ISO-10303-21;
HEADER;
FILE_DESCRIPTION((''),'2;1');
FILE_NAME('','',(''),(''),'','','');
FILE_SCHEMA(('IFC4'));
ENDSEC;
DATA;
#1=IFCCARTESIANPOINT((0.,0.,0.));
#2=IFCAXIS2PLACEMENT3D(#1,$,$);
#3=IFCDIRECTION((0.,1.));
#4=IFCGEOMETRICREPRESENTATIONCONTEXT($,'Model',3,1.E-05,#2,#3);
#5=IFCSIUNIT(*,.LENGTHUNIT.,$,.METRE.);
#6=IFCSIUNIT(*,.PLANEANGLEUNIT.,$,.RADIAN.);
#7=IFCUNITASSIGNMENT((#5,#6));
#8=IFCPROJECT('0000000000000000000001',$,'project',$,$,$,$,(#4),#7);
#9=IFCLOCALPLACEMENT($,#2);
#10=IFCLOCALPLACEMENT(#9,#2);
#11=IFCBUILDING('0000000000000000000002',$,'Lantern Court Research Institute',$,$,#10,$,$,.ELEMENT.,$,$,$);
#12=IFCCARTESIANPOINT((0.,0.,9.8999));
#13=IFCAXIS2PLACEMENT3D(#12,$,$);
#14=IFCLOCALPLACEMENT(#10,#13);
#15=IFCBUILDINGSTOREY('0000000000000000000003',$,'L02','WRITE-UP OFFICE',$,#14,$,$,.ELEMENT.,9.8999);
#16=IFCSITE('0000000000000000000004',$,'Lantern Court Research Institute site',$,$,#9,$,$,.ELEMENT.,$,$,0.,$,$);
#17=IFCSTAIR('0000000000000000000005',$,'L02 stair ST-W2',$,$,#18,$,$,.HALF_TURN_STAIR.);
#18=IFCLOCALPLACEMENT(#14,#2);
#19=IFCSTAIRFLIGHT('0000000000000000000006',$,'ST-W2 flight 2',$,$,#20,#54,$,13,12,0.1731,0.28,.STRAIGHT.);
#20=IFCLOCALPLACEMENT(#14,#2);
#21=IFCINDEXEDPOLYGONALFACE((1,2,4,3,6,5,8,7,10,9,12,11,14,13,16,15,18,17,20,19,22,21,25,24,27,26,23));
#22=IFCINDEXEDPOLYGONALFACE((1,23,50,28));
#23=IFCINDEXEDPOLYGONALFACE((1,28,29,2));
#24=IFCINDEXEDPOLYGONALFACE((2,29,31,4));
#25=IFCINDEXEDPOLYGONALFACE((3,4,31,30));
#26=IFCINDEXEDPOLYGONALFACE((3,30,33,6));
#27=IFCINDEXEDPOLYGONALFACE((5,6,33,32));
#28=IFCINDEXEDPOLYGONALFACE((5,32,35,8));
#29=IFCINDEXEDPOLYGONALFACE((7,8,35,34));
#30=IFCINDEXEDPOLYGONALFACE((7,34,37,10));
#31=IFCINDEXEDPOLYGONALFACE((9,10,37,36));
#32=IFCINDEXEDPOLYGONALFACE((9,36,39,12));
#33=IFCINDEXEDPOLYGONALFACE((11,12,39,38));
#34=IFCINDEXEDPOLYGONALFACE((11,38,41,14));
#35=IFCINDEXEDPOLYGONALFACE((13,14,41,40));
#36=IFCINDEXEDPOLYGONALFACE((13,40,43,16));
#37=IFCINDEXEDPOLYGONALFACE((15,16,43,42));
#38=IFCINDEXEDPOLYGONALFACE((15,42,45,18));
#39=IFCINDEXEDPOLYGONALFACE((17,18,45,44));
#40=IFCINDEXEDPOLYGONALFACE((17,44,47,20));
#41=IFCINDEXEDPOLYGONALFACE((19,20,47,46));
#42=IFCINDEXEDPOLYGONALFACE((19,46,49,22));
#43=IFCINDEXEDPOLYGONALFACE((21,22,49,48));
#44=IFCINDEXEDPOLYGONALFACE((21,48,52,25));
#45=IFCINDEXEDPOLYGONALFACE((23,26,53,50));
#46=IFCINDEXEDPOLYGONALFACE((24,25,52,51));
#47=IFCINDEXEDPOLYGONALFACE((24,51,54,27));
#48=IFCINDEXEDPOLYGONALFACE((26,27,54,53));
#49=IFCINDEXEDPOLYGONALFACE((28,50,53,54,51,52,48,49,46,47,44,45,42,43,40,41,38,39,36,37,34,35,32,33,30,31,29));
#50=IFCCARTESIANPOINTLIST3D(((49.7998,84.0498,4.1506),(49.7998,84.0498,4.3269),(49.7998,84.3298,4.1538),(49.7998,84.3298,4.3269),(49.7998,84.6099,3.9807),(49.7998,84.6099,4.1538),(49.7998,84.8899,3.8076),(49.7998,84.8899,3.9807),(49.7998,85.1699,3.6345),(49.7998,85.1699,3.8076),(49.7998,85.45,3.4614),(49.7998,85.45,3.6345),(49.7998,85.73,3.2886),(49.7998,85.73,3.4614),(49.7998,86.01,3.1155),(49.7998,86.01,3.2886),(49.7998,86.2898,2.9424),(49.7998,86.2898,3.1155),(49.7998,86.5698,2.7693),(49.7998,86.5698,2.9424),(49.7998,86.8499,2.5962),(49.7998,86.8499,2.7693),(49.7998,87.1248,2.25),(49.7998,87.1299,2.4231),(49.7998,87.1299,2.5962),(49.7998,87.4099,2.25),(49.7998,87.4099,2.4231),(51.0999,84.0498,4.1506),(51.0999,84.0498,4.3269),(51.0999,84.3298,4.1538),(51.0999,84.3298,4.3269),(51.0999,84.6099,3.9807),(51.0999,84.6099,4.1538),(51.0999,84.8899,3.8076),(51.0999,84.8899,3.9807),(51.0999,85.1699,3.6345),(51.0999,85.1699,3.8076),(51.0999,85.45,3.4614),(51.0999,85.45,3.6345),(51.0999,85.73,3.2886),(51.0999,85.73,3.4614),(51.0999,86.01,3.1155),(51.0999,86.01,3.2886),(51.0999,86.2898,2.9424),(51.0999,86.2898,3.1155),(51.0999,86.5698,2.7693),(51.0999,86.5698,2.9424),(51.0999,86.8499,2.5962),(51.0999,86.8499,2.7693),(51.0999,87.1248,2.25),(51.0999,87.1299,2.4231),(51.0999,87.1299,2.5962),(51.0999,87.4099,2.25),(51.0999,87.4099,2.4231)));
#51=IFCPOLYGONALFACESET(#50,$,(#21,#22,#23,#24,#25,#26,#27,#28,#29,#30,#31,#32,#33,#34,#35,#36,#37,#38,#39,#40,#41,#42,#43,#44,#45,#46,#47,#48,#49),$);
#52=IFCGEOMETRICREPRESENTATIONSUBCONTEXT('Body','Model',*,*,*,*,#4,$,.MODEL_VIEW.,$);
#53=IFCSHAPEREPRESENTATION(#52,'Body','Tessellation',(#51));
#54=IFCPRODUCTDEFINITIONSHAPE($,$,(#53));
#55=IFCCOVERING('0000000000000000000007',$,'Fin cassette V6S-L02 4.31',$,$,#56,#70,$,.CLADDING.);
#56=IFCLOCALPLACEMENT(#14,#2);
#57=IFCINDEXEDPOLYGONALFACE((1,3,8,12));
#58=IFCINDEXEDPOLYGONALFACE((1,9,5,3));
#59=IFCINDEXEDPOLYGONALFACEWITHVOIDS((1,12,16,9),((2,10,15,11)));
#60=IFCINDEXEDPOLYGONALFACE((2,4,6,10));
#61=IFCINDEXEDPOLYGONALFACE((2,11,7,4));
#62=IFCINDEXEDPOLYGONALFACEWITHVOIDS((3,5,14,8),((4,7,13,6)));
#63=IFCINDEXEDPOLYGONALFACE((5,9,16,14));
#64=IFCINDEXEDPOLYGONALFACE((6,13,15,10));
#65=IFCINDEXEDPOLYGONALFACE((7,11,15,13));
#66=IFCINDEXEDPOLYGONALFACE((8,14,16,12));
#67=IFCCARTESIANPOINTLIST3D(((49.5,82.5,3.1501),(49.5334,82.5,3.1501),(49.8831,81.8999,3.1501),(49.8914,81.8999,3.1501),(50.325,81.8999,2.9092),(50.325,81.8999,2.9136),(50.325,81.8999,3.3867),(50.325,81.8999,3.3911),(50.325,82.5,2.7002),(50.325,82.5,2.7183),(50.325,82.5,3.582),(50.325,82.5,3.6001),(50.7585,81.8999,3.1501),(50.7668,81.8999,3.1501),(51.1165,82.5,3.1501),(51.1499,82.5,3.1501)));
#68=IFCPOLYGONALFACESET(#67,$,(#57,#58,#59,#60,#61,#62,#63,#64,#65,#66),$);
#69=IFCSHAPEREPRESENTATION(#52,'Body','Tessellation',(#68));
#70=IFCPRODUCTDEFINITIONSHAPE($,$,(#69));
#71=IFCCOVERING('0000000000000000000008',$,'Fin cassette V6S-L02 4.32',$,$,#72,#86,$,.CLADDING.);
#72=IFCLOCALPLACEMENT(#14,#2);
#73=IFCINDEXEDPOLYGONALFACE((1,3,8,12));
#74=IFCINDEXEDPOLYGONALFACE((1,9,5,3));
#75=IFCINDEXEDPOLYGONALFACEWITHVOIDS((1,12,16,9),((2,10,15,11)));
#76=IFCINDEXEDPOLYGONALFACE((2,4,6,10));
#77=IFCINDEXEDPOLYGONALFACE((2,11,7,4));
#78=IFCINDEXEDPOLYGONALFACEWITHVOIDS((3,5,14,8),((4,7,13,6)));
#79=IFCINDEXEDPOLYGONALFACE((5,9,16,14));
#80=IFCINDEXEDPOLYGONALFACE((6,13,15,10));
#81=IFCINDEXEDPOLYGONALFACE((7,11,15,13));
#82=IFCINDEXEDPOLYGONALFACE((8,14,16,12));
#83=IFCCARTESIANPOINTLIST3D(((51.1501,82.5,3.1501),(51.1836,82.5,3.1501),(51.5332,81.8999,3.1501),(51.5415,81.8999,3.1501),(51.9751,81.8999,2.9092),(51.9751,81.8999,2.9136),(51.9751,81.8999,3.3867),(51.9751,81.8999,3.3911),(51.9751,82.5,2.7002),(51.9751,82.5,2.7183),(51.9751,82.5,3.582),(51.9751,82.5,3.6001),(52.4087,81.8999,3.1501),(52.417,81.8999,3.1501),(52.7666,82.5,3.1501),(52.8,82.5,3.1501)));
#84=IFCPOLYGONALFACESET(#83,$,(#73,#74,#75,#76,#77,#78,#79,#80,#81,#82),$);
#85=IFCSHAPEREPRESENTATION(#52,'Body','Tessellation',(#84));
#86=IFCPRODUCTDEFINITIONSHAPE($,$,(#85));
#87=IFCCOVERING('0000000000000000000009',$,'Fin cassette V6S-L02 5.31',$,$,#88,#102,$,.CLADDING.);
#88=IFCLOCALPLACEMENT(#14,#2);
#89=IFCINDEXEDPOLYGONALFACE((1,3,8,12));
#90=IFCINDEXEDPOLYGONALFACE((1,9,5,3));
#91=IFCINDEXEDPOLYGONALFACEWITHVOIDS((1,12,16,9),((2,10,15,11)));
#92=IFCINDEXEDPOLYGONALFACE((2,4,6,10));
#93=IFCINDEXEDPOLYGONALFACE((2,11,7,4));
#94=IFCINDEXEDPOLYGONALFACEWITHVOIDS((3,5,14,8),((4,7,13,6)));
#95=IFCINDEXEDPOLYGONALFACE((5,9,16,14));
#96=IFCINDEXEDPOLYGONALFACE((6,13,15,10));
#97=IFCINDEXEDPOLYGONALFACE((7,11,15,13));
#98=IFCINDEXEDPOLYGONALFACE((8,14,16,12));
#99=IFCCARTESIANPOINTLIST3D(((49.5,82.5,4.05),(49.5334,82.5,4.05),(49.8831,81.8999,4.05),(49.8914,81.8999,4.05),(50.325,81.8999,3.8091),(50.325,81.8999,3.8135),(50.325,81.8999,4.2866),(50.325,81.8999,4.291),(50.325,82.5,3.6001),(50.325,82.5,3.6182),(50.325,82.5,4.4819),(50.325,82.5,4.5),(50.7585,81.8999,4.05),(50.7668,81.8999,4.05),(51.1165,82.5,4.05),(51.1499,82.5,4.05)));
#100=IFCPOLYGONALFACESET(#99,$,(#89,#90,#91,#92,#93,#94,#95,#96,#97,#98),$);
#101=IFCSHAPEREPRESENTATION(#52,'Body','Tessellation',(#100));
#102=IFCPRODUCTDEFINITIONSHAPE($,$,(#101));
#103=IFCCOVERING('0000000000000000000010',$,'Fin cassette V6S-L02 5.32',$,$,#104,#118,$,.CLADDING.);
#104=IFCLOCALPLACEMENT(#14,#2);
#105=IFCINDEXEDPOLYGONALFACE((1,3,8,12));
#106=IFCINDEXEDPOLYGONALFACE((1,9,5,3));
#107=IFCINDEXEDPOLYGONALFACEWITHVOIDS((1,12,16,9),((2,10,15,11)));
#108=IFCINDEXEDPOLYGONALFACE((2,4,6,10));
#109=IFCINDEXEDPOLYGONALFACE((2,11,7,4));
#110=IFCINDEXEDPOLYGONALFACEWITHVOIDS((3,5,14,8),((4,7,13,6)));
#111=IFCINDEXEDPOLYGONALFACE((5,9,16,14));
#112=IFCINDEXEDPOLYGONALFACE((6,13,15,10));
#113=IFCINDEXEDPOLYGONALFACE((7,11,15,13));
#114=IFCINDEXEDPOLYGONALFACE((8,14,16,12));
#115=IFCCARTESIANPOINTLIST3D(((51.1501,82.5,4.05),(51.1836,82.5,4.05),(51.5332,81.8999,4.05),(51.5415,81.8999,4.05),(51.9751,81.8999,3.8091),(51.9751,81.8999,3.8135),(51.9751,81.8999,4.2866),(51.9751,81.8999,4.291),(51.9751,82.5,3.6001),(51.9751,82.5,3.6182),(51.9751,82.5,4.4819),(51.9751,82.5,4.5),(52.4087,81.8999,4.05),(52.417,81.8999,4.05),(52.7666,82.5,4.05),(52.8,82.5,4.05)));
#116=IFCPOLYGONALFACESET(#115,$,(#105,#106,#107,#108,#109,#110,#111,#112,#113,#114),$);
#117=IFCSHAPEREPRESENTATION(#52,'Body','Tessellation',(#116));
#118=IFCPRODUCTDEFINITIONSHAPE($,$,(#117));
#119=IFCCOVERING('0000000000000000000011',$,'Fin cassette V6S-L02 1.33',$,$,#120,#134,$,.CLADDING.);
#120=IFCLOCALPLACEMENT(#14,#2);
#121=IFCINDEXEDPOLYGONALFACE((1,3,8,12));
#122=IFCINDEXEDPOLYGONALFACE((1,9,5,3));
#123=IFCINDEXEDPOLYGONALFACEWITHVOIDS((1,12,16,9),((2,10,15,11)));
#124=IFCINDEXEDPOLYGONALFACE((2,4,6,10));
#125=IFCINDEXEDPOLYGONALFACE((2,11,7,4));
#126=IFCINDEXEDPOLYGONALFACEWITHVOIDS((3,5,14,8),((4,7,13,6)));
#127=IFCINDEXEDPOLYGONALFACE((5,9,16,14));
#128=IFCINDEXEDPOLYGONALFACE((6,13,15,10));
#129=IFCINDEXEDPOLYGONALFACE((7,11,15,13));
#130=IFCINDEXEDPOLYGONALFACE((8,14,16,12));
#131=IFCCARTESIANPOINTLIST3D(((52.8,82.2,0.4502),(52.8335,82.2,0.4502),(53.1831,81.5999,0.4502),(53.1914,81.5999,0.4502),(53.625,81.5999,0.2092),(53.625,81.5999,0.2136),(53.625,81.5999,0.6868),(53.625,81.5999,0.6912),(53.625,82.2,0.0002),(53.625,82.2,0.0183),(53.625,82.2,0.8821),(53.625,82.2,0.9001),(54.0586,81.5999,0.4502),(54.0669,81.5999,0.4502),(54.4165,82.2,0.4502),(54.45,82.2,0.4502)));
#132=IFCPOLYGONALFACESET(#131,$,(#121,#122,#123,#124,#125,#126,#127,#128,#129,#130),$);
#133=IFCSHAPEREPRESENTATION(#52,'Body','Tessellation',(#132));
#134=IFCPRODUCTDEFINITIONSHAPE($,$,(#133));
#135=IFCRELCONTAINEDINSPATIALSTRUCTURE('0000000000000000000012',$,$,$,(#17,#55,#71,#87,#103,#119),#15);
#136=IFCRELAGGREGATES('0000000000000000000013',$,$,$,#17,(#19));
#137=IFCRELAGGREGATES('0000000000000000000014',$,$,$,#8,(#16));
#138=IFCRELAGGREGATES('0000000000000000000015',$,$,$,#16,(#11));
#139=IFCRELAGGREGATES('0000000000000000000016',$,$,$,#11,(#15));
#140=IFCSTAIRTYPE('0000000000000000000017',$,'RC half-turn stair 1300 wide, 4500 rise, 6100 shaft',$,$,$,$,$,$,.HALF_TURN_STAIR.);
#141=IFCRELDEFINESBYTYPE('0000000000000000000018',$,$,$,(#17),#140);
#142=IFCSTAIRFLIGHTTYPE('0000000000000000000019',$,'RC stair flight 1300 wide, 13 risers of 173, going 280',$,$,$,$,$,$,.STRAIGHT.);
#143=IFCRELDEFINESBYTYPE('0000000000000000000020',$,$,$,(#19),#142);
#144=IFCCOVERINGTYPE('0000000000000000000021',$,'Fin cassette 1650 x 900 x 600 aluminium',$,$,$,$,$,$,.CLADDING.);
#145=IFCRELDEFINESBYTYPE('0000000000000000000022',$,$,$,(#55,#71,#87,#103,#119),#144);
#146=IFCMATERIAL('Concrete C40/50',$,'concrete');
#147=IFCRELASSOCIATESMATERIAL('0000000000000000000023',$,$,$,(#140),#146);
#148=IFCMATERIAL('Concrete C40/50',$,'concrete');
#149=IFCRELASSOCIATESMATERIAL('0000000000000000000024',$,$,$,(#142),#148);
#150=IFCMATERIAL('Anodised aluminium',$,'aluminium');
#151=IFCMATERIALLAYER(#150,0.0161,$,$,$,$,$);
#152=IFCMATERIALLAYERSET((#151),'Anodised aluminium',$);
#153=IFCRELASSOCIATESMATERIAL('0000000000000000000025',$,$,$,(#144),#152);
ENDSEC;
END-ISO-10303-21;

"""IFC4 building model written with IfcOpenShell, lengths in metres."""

from ifc_helpers import new_model, entity, si_unit, direction, frame, origin, place, context, subcontext, project, spatial, polyline, outline, extrude, material, layer, layer_set, type_object, element, aggregate, save


model = new_model("IFC4")

# Units and contexts
model_context = context("Model", 3, precision=1e-05, world=origin(), true_north=direction((0.0, 1.0)))
body_context = subcontext(model_context, "Body", "Model", "MODEL_VIEW")
ifc_project = project(units=[si_unit("LENGTHUNIT", "METRE"), si_unit("PLANEANGLEUNIT", "RADIAN")], contexts=[model_context])

# Site, building, storey
site_placement = place(None, origin())
site = spatial("IfcSite", under=ifc_project, at=site_placement, Name="Lantern Court Research Institute site", CompositionType="ELEMENT", RefElevation=0.0)
building_placement = place(site_placement, origin())
building = spatial("IfcBuilding", under=site, at=building_placement, Name="Lantern Court Research Institute", CompositionType="ELEMENT")
storey_placement = place(building_placement, frame((0.0, 0.0, 9.8999)))
storey = spatial("IfcBuildingStorey", under=building, at=storey_placement, Name="L02", Description="WRITE-UP OFFICE", CompositionType="ELEMENT", Elevation=9.8999)

# Stair, stair flight
ifc_material_1 = material(Name="Concrete C40/50", Category="concrete")
stair_type = type_object("IfcStairType", Name="RC half-turn stair 1300 wide, 4500 rise, 6100 shaft", PredefinedType="HALF_TURN_STAIR", material=ifc_material_1)
stair_placement = place(storey_placement, origin())
stair = element("IfcStair", 1, at=stair_placement, inside=storey, type_object=stair_type, Name="L02 stair ST-W2", PredefinedType="HALF_TURN_STAIR")
ifc_material_2 = material(Name="Concrete C40/50", Category="concrete")
stair_flight_type = type_object("IfcStairFlightType", Name="RC stair flight 1300 wide, 13 risers of 173, going 280", PredefinedType="STRAIGHT", material=ifc_material_2)
stair_flight_1_placement = place(storey_placement, frame((50.45, 87.4099, 2.25), z_axis=(0.0, 0.0, 1.0), x_axis=(0.0, -1.0, 0.0)))
stair_flight_1 = element("IfcStairFlight", 2, at=stair_flight_1_placement, type_object=stair_flight_type, Name="ST-W2 flight 2", NumberOfRisers=13, NumberOfTreads=12, PredefinedType="STRAIGHT", RiserHeight=0.1731, TreadLength=0.28, context=body_context, shape_type="SweptSolid", body=[
    extrude(outline(polyline([(0.0, 0.0), (0.0, 0.1731), (0.28, 0.1731), (0.28, 0.3462), (0.5601, 0.3462), (0.5601, 0.5193), (0.8401, 0.5193), (0.8401, 0.6924), (1.1201, 0.6924), (1.1201, 0.8655), (1.3999, 0.8655), (1.3999, 1.0386), (1.6799, 1.0386), (1.6799, 1.2114), (1.96, 1.2114), (1.96, 1.3845), (2.24, 1.3845), (2.24, 1.5576), (2.52, 1.5576), (2.52, 1.7307), (2.8, 1.7307), (2.8, 1.9038), (3.0801, 1.9038), (3.0801, 2.0769), (3.3601, 2.0769), (3.3601, 2.25), (3.3601, 1.9006), (0.2852, 0.0), (0.0, 0.0)])), frame((0.0, 0.6499, 0.0), z_axis=(0.0, -1.0, 0.0), x_axis=(1.0, 0.0, 0.0)), (0.0, 0.0, 1.0), 1.3),
])
aggregate(stair, [stair_flight_1])

# Coverings
ifc_material_3 = material(Name="Anodised aluminium", Category="aluminium")
ifc_layer_1 = layer(ifc_material_3, 0.0161)
ifc_layer_set_1 = layer_set([ifc_layer_1], Name="Anodised aluminium")
covering_type = type_object("IfcCoveringType", Name="Fin cassette 1650 x 900 x 600 aluminium", PredefinedType="CLADDING", material=ifc_layer_set_1)
covering_1_placement = place(storey_placement, frame((50.325, 82.5, 3.1501), z_axis=(0.0, -1.0, 0.0), x_axis=(1.0, 0.0, 0.0)))
cartesian_point_1 = entity("IfcCartesianPoint", [0.825, 0.0])
cartesian_point_2 = entity("IfcCartesianPoint", [0.7915, 0.0])
cartesian_point_3 = entity("IfcCartesianPoint", [0.4419, 0.0])
cartesian_point_4 = entity("IfcCartesianPoint", [0.4336, 0.0])
element("IfcCovering", 3, at=covering_1_placement, inside=storey, type_object=covering_type, Name="Fin cassette V6S-L02 4.31", PredefinedType="CLADDING", context=body_context, shape_type="SweptSolid", body=[
    entity("IfcExtrudedAreaSolidTapered", entity("IfcArbitraryProfileDefWithVoids", "AREA", None, entity("IfcPolyline", [cartesian_point_1, entity("IfcCartesianPoint", [0.0, 0.45]), entity("IfcCartesianPoint", [-0.825, 0.0]), entity("IfcCartesianPoint", [0.0, -0.45]), cartesian_point_1]), [entity("IfcPolyline", [cartesian_point_2, entity("IfcCartesianPoint", [0.0, 0.4319]), entity("IfcCartesianPoint", [-0.7915, 0.0]), entity("IfcCartesianPoint", [0.0, -0.4319]), cartesian_point_2])]), entity("IfcAxis2Placement3D", entity("IfcCartesianPoint", [0.0, 0.0, 0.0])), entity("IfcDirection", [0.0, 0.0, 1.0]), 0.6001, entity("IfcArbitraryProfileDefWithVoids", "AREA", None, entity("IfcPolyline", [cartesian_point_3, entity("IfcCartesianPoint", [0.0, 0.241]), entity("IfcCartesianPoint", [-0.4419, 0.0]), entity("IfcCartesianPoint", [0.0, -0.241]), cartesian_point_3]), [entity("IfcPolyline", [cartesian_point_4, entity("IfcCartesianPoint", [0.0, 0.2366]), entity("IfcCartesianPoint", [-0.4336, 0.0]), entity("IfcCartesianPoint", [0.0, -0.2366]), cartesian_point_4])])),
])
covering_2_placement = place(storey_placement, frame((51.9751, 82.5, 3.1501), z_axis=(0.0, -1.0, 0.0), x_axis=(1.0, 0.0, 0.0)))
cartesian_point_5 = entity("IfcCartesianPoint", [0.825, 0.0])
cartesian_point_6 = entity("IfcCartesianPoint", [0.7915, 0.0])
cartesian_point_7 = entity("IfcCartesianPoint", [0.4419, 0.0])
cartesian_point_8 = entity("IfcCartesianPoint", [0.4336, 0.0])
element("IfcCovering", 4, at=covering_2_placement, inside=storey, type_object=covering_type, Name="Fin cassette V6S-L02 4.32", PredefinedType="CLADDING", context=body_context, shape_type="SweptSolid", body=[
    entity("IfcExtrudedAreaSolidTapered", entity("IfcArbitraryProfileDefWithVoids", "AREA", None, entity("IfcPolyline", [cartesian_point_5, entity("IfcCartesianPoint", [0.0, 0.45]), entity("IfcCartesianPoint", [-0.825, 0.0]), entity("IfcCartesianPoint", [0.0, -0.45]), cartesian_point_5]), [entity("IfcPolyline", [cartesian_point_6, entity("IfcCartesianPoint", [0.0, 0.4319]), entity("IfcCartesianPoint", [-0.7915, 0.0]), entity("IfcCartesianPoint", [0.0, -0.4319]), cartesian_point_6])]), entity("IfcAxis2Placement3D", entity("IfcCartesianPoint", [0.0, 0.0, 0.0])), entity("IfcDirection", [0.0, 0.0, 1.0]), 0.6001, entity("IfcArbitraryProfileDefWithVoids", "AREA", None, entity("IfcPolyline", [cartesian_point_7, entity("IfcCartesianPoint", [0.0, 0.241]), entity("IfcCartesianPoint", [-0.4419, 0.0]), entity("IfcCartesianPoint", [0.0, -0.241]), cartesian_point_7]), [entity("IfcPolyline", [cartesian_point_8, entity("IfcCartesianPoint", [0.0, 0.2366]), entity("IfcCartesianPoint", [-0.4336, 0.0]), entity("IfcCartesianPoint", [0.0, -0.2366]), cartesian_point_8])])),
])
covering_3_placement = place(storey_placement, frame((50.325, 82.5, 4.05), z_axis=(0.0, -1.0, 0.0), x_axis=(1.0, 0.0, 0.0)))
cartesian_point_9 = entity("IfcCartesianPoint", [0.825, 0.0])
cartesian_point_10 = entity("IfcCartesianPoint", [0.7915, 0.0])
cartesian_point_11 = entity("IfcCartesianPoint", [0.4419, 0.0])
cartesian_point_12 = entity("IfcCartesianPoint", [0.4336, 0.0])
element("IfcCovering", 5, at=covering_3_placement, inside=storey, type_object=covering_type, Name="Fin cassette V6S-L02 5.31", PredefinedType="CLADDING", context=body_context, shape_type="SweptSolid", body=[
    entity("IfcExtrudedAreaSolidTapered", entity("IfcArbitraryProfileDefWithVoids", "AREA", None, entity("IfcPolyline", [cartesian_point_9, entity("IfcCartesianPoint", [0.0, 0.45]), entity("IfcCartesianPoint", [-0.825, 0.0]), entity("IfcCartesianPoint", [0.0, -0.45]), cartesian_point_9]), [entity("IfcPolyline", [cartesian_point_10, entity("IfcCartesianPoint", [0.0, 0.4319]), entity("IfcCartesianPoint", [-0.7915, 0.0]), entity("IfcCartesianPoint", [0.0, -0.4319]), cartesian_point_10])]), entity("IfcAxis2Placement3D", entity("IfcCartesianPoint", [0.0, 0.0, 0.0])), entity("IfcDirection", [0.0, 0.0, 1.0]), 0.6001, entity("IfcArbitraryProfileDefWithVoids", "AREA", None, entity("IfcPolyline", [cartesian_point_11, entity("IfcCartesianPoint", [0.0, 0.241]), entity("IfcCartesianPoint", [-0.4419, 0.0]), entity("IfcCartesianPoint", [0.0, -0.241]), cartesian_point_11]), [entity("IfcPolyline", [cartesian_point_12, entity("IfcCartesianPoint", [0.0, 0.2366]), entity("IfcCartesianPoint", [-0.4336, 0.0]), entity("IfcCartesianPoint", [0.0, -0.2366]), cartesian_point_12])])),
])
covering_4_placement = place(storey_placement, frame((51.9751, 82.5, 4.05), z_axis=(0.0, -1.0, 0.0), x_axis=(1.0, 0.0, 0.0)))
cartesian_point_13 = entity("IfcCartesianPoint", [0.825, 0.0])
cartesian_point_14 = entity("IfcCartesianPoint", [0.7915, 0.0])
cartesian_point_15 = entity("IfcCartesianPoint", [0.4419, 0.0])
cartesian_point_16 = entity("IfcCartesianPoint", [0.4336, 0.0])
element("IfcCovering", 6, at=covering_4_placement, inside=storey, type_object=covering_type, Name="Fin cassette V6S-L02 5.32", PredefinedType="CLADDING", context=body_context, shape_type="SweptSolid", body=[
    entity("IfcExtrudedAreaSolidTapered", entity("IfcArbitraryProfileDefWithVoids", "AREA", None, entity("IfcPolyline", [cartesian_point_13, entity("IfcCartesianPoint", [0.0, 0.45]), entity("IfcCartesianPoint", [-0.825, 0.0]), entity("IfcCartesianPoint", [0.0, -0.45]), cartesian_point_13]), [entity("IfcPolyline", [cartesian_point_14, entity("IfcCartesianPoint", [0.0, 0.4319]), entity("IfcCartesianPoint", [-0.7915, 0.0]), entity("IfcCartesianPoint", [0.0, -0.4319]), cartesian_point_14])]), entity("IfcAxis2Placement3D", entity("IfcCartesianPoint", [0.0, 0.0, 0.0])), entity("IfcDirection", [0.0, 0.0, 1.0]), 0.6001, entity("IfcArbitraryProfileDefWithVoids", "AREA", None, entity("IfcPolyline", [cartesian_point_15, entity("IfcCartesianPoint", [0.0, 0.241]), entity("IfcCartesianPoint", [-0.4419, 0.0]), entity("IfcCartesianPoint", [0.0, -0.241]), cartesian_point_15]), [entity("IfcPolyline", [cartesian_point_16, entity("IfcCartesianPoint", [0.0, 0.2366]), entity("IfcCartesianPoint", [-0.4336, 0.0]), entity("IfcCartesianPoint", [0.0, -0.2366]), cartesian_point_16])])),
])
covering_5_placement = place(storey_placement, frame((53.625, 82.2, 0.4502), z_axis=(0.0, -1.0, 0.0), x_axis=(1.0, 0.0, 0.0)))
cartesian_point_17 = entity("IfcCartesianPoint", [0.825, 0.0])
cartesian_point_18 = entity("IfcCartesianPoint", [0.7915, 0.0])
cartesian_point_19 = entity("IfcCartesianPoint", [0.4419, 0.0])
cartesian_point_20 = entity("IfcCartesianPoint", [0.4336, 0.0])
element("IfcCovering", 7, at=covering_5_placement, inside=storey, type_object=covering_type, Name="Fin cassette V6S-L02 1.33", PredefinedType="CLADDING", context=body_context, shape_type="SweptSolid", body=[
    entity("IfcExtrudedAreaSolidTapered", entity("IfcArbitraryProfileDefWithVoids", "AREA", None, entity("IfcPolyline", [cartesian_point_17, entity("IfcCartesianPoint", [0.0, 0.45]), entity("IfcCartesianPoint", [-0.825, 0.0]), entity("IfcCartesianPoint", [0.0, -0.45]), cartesian_point_17]), [entity("IfcPolyline", [cartesian_point_18, entity("IfcCartesianPoint", [0.0, 0.4319]), entity("IfcCartesianPoint", [-0.7915, 0.0]), entity("IfcCartesianPoint", [0.0, -0.4319]), cartesian_point_18])]), entity("IfcAxis2Placement3D", entity("IfcCartesianPoint", [0.0, 0.0, 0.0])), entity("IfcDirection", [0.0, 0.0, 1.0]), 0.6001, entity("IfcArbitraryProfileDefWithVoids", "AREA", None, entity("IfcPolyline", [cartesian_point_19, entity("IfcCartesianPoint", [0.0, 0.241]), entity("IfcCartesianPoint", [-0.4419, 0.0]), entity("IfcCartesianPoint", [0.0, -0.241]), cartesian_point_19]), [entity("IfcPolyline", [cartesian_point_20, entity("IfcCartesianPoint", [0.0, 0.2366]), entity("IfcCartesianPoint", [-0.4336, 0.0]), entity("IfcCartesianPoint", [0.0, -0.2366]), cartesian_point_20])])),
])

save(model, "model.ifc")
